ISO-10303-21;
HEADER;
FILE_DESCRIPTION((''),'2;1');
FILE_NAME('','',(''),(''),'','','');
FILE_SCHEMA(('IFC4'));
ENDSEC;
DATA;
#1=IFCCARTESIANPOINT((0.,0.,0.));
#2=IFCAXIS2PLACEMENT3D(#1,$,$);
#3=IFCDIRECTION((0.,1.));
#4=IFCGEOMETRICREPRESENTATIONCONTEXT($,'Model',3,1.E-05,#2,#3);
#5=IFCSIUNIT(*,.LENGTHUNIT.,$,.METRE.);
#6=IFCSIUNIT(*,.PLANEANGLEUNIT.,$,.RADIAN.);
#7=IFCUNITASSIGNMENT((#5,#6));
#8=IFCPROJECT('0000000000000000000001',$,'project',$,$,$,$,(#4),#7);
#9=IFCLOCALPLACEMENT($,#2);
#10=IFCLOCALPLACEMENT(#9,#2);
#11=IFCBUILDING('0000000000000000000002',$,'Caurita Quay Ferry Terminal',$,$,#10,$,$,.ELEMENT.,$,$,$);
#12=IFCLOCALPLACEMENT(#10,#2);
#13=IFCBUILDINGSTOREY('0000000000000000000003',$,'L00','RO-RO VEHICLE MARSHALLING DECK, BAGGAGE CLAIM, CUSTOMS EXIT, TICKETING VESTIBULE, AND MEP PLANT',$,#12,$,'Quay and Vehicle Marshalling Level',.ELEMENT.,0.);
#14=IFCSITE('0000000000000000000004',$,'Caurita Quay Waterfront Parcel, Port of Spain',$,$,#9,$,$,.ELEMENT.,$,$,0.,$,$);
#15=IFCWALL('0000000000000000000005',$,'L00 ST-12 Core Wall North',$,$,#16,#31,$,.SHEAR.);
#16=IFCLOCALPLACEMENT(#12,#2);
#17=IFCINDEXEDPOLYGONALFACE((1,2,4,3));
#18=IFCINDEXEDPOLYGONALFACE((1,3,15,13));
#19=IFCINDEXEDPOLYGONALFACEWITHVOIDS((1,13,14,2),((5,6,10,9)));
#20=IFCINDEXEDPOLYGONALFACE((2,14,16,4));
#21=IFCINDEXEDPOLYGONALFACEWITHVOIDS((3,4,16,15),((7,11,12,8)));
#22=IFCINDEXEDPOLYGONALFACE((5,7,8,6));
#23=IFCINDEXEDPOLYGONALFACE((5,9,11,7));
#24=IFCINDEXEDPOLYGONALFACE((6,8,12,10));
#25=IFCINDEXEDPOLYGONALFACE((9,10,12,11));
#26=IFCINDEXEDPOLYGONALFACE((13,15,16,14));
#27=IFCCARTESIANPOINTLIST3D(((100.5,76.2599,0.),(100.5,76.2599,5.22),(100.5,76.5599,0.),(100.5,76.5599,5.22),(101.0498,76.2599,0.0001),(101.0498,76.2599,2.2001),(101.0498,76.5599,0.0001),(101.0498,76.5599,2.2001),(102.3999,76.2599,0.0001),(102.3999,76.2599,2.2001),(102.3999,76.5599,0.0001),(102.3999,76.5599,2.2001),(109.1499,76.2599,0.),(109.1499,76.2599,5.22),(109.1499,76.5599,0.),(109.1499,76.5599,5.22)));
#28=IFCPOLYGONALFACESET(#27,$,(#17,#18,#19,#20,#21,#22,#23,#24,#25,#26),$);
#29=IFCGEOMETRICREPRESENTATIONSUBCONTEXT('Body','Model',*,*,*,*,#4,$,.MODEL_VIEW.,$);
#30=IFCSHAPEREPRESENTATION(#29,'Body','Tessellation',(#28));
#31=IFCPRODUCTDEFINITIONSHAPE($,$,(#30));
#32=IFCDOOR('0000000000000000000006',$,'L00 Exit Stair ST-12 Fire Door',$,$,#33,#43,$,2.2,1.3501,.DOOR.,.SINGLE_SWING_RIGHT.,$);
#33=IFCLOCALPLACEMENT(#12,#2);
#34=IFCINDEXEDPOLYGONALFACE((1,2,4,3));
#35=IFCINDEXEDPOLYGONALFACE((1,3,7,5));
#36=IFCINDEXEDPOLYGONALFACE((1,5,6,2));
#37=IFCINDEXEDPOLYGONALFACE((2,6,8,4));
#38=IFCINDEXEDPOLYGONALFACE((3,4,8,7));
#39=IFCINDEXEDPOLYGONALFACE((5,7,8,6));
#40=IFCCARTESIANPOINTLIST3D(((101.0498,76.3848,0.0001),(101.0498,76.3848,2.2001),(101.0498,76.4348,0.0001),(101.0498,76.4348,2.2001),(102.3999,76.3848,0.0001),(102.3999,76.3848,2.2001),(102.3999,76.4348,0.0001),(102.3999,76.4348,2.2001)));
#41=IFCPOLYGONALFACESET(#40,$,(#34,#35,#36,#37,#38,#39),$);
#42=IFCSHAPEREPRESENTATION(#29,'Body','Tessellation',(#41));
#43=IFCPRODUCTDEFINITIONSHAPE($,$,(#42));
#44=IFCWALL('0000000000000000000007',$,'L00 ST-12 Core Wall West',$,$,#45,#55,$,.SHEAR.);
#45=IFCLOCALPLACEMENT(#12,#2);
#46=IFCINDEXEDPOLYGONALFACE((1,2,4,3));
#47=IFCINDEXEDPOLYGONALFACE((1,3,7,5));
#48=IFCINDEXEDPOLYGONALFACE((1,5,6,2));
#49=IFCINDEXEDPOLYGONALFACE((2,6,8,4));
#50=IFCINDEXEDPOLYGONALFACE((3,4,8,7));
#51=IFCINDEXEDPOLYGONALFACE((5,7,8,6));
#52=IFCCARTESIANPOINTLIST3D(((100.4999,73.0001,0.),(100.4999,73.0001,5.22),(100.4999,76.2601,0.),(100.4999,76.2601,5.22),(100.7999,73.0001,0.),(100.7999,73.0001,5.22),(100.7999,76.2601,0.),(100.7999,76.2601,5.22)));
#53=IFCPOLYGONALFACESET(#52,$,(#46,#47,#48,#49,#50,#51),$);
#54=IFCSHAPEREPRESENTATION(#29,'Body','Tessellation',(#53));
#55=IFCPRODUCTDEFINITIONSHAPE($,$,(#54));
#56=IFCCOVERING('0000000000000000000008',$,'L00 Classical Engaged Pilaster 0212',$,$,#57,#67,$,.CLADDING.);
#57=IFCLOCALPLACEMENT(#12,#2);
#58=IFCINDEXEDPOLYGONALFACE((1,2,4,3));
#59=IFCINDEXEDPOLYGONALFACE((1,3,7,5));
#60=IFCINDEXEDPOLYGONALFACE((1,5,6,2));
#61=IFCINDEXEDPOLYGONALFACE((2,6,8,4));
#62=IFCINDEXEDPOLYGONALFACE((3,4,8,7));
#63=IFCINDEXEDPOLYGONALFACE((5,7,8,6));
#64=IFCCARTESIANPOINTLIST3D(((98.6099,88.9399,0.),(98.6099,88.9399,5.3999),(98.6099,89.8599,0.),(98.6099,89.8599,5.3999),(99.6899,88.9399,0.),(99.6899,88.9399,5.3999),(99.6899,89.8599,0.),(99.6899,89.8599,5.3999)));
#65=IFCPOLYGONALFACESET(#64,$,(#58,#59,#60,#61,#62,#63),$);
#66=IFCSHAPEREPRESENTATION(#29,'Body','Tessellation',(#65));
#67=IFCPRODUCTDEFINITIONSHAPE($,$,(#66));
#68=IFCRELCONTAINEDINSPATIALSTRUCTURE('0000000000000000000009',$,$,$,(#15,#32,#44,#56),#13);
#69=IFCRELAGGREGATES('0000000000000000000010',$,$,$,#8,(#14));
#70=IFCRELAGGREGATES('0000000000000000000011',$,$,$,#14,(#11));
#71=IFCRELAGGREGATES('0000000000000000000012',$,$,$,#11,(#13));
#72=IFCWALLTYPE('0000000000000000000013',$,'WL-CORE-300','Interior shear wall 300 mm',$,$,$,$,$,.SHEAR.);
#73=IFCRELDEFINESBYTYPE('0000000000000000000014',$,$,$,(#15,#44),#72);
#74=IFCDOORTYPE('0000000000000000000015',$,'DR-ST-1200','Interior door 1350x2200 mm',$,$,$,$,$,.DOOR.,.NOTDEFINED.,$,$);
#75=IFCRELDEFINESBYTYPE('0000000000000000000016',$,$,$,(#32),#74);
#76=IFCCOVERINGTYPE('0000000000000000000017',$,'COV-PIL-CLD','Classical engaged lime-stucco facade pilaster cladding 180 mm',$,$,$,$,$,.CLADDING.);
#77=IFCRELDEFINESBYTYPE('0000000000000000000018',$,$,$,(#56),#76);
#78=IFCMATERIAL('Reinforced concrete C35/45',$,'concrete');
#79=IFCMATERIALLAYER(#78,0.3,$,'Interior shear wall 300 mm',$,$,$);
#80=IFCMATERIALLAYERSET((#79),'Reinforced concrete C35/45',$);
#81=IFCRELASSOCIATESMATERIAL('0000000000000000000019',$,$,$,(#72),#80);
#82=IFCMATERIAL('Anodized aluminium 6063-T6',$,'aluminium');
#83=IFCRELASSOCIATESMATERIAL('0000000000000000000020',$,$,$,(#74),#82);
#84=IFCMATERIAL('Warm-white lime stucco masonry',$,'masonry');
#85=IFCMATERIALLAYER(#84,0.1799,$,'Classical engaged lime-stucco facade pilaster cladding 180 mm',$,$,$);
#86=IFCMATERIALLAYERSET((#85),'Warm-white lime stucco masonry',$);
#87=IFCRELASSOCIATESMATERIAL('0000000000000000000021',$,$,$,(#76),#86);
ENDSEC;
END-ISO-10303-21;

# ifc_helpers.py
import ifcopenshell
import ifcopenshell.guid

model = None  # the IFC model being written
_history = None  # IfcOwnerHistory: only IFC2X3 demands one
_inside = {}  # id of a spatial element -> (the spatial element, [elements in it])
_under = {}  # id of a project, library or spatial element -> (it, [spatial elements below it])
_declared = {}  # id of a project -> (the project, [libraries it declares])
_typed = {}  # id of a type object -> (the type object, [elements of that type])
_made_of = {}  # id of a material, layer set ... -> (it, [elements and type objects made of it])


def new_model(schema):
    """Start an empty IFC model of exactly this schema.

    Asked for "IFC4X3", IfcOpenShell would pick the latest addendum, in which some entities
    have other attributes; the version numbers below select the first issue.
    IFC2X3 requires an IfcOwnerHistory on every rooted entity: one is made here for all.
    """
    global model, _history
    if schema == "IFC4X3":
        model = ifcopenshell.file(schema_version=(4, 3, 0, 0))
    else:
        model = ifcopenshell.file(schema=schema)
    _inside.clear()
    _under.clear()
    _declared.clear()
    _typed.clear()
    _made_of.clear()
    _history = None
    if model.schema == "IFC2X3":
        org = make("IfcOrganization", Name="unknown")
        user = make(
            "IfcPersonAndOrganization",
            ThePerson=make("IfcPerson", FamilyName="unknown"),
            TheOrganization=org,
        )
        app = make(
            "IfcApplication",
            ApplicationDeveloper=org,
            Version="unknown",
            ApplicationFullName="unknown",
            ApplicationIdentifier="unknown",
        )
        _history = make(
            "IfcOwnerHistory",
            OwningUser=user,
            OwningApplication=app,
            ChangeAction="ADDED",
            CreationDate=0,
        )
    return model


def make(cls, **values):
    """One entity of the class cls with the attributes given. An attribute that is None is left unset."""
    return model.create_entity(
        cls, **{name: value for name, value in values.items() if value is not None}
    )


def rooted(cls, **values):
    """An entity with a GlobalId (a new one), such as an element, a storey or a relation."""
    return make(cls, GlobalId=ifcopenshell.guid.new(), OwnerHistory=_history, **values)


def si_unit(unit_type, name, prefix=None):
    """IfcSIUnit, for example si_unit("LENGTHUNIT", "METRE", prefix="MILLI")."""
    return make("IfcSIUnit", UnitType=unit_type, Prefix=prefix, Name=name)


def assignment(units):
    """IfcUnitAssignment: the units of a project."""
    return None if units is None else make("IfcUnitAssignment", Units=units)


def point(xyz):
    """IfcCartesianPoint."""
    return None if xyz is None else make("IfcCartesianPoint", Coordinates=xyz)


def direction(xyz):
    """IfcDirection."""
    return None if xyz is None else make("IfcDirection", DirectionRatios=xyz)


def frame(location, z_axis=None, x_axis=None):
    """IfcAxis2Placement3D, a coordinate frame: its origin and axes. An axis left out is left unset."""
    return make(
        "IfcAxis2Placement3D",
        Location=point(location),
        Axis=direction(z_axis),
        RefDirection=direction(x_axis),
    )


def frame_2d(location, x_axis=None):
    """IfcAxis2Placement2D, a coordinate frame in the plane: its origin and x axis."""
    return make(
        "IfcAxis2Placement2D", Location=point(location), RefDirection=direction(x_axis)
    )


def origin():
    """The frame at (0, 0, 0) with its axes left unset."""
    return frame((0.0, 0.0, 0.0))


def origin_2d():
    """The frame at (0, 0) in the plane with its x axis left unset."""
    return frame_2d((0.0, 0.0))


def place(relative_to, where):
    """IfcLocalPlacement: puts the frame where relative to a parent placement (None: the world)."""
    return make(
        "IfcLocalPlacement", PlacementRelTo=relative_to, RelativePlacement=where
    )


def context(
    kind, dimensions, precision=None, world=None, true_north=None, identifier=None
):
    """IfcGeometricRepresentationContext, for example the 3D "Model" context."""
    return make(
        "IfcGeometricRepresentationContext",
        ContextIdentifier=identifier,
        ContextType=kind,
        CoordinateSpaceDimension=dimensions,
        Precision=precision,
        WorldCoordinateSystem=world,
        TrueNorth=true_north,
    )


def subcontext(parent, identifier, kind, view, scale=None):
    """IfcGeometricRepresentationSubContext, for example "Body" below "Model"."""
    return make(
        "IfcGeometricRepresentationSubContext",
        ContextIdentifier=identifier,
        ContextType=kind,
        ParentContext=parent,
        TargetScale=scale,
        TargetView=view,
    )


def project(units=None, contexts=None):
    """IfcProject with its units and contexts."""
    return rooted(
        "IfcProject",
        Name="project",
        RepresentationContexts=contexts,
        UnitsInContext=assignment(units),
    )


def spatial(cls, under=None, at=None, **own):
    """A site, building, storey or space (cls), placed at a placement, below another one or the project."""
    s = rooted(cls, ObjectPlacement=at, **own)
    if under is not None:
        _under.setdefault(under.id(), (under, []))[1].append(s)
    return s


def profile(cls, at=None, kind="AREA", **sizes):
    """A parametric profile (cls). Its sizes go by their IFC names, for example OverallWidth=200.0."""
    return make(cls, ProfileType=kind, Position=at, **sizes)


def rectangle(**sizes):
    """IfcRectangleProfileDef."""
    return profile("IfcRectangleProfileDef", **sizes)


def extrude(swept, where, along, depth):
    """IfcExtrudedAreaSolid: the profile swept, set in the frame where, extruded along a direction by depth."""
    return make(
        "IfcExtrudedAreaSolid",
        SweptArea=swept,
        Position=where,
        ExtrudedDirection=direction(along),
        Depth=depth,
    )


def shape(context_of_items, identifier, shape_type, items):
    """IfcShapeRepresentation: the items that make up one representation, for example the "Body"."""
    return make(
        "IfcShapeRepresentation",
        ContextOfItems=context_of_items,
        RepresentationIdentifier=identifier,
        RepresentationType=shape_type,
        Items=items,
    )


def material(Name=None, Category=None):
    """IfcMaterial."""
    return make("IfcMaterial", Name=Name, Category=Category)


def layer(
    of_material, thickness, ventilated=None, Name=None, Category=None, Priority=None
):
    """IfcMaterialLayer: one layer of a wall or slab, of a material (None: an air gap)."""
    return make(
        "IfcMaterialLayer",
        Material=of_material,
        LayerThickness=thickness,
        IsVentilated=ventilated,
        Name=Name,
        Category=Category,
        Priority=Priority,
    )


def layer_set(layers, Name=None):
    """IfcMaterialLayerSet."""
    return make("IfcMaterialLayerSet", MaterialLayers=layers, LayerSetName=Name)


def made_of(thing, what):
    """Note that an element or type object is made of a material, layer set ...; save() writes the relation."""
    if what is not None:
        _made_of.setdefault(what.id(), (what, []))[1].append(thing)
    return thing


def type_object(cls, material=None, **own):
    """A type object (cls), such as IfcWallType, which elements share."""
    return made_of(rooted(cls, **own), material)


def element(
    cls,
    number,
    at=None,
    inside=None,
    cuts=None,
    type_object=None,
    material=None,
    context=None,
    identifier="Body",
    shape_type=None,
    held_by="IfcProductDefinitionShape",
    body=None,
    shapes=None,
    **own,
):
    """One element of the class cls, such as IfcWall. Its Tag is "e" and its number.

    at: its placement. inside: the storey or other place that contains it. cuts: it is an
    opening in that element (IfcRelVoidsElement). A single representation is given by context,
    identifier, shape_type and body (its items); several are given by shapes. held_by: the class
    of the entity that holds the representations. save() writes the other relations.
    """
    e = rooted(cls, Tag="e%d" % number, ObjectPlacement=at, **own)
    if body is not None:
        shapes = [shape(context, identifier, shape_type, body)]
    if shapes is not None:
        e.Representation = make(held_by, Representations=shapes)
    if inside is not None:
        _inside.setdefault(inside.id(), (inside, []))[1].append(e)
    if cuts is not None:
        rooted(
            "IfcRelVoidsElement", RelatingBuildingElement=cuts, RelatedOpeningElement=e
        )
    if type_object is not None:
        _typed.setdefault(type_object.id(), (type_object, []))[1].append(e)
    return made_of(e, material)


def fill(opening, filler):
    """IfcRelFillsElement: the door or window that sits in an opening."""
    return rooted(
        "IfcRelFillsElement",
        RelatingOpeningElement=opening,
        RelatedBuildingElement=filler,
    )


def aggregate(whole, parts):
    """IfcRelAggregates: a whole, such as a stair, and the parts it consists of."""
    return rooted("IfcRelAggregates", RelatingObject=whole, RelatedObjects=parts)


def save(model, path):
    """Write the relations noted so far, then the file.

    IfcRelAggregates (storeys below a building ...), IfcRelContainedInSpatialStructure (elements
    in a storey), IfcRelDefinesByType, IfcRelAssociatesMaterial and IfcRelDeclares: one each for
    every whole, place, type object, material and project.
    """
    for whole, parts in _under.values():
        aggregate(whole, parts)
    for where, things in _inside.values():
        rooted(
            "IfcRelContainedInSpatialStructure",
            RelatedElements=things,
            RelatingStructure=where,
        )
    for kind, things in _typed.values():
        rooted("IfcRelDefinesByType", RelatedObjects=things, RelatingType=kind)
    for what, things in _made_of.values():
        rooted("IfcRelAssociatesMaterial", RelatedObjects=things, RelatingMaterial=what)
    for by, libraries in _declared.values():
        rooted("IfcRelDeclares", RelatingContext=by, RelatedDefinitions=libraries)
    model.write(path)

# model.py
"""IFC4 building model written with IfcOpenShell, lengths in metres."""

from ifc_helpers import new_model, si_unit, direction, frame, frame_2d, origin, origin_2d, place, context, subcontext, project, spatial, rectangle, extrude, material, layer, layer_set, type_object, element, fill, save


model = new_model("IFC4")

# Units and contexts
model_context = context("Model", 3, precision=1e-05, world=origin(), true_north=direction((0.0, 1.0)))
body_context = subcontext(model_context, "Body", "Model", "MODEL_VIEW")
ifc_project = project(units=[si_unit("LENGTHUNIT", "METRE"), si_unit("PLANEANGLEUNIT", "RADIAN")], contexts=[model_context])

# Site, building, storey
site_placement = place(None, origin())
site = spatial("IfcSite", under=ifc_project, at=site_placement, Name="Caurita Quay Waterfront Parcel, Port of Spain", CompositionType="ELEMENT", RefElevation=0.0)
building_placement = place(site_placement, origin())
building = spatial("IfcBuilding", under=site, at=building_placement, Name="Caurita Quay Ferry Terminal", CompositionType="ELEMENT")
storey_placement = place(building_placement, origin())
storey = spatial("IfcBuildingStorey", under=building, at=storey_placement, Name="L00", Description="RO-RO VEHICLE MARSHALLING DECK, BAGGAGE CLAIM, CUSTOMS EXIT, TICKETING VESTIBULE, AND MEP PLANT", LongName="Quay and Vehicle Marshalling Level", CompositionType="ELEMENT", Elevation=0.0)

# Shared definitions
ifc_material_1 = material(Name="Warm-white lime stucco masonry", Category="masonry")
ifc_material_2 = material(Name="Anodized aluminium 6063-T6", Category="aluminium")

# Wall, opening, door
ifc_material_3 = material(Name="Reinforced concrete C35/45", Category="concrete")
ifc_layer_1 = layer(ifc_material_3, 0.3, Name="Interior shear wall 300 mm")
ifc_layer_set_1 = layer_set([ifc_layer_1], Name="Reinforced concrete C35/45")
wall_type_1 = type_object("IfcWallType", Name="WL-CORE-300", Description="Interior shear wall 300 mm", PredefinedType="SHEAR", material=ifc_layer_set_1)
wall_1_placement = place(storey_placement, frame((109.1499, 76.4099, 0.0), z_axis=(0.0, 0.0, 1.0), x_axis=(-1.0, 0.0, 0.0)))
wall_1 = element("IfcWall", 1, at=wall_1_placement, inside=storey, type_object=wall_type_1, Name="L00 ST-12 Core Wall North", PredefinedType="SHEAR", context=body_context, shape_type="SweptSolid", body=[
    extrude(rectangle(XDim=8.6499, YDim=0.3, at=frame_2d((4.325, 0.0))), origin(), (0.0, 0.0, 1.0), 5.22),
])
opening_1_placement = place(wall_1_placement, frame((6.75, 0.0, 0.0)))
opening_1 = element("IfcOpeningElement", 2, at=opening_1_placement, cuts=wall_1, PredefinedType="OPENING", context=body_context, shape_type="SweptSolid", body=[
    extrude(rectangle(XDim=1.3501, YDim=2.2, at=frame_2d((0.675, 1.1001))), frame((0.0, 0.1599, 0.0), z_axis=(0.0, -1.0, 0.0), x_axis=(1.0, 0.0, 0.0)), (0.0, 0.0, 1.0), 0.3201),
])
door_type_1 = type_object("IfcDoorType", Name="DR-ST-1200", Description="Interior door 1350x2200 mm", OperationType="NOTDEFINED", PredefinedType="DOOR", material=ifc_material_2)
door_1_placement = place(opening_1_placement, frame((1.3501, 0.0, 0.0), z_axis=(0.0, 0.0, 1.0), x_axis=(-1.0, 0.0, 0.0)))
door_1 = element("IfcDoor", 3, at=door_1_placement, inside=storey, type_object=door_type_1, Name="L00 Exit Stair ST-12 Fire Door", OperationType="SINGLE_SWING_RIGHT", OverallHeight=2.2, OverallWidth=1.3501, PredefinedType="DOOR", context=body_context, shape_type="SweptSolid", body=[
    extrude(rectangle(XDim=1.3501, YDim=2.2, at=frame_2d((0.675, 1.1001))), frame((0.0, 0.0249, 0.0), z_axis=(0.0, -1.0, 0.0), x_axis=(1.0, 0.0, 0.0)), (0.0, 0.0, 1.0), 0.05),
])
fill(opening_1, door_1)

# Wall
wall_2_placement = place(storey_placement, frame((100.6499, 76.26, 0.0), z_axis=(0.0, 0.0, 1.0), x_axis=(0.0, -1.0, 0.0)))
element("IfcWall", 4, at=wall_2_placement, inside=storey, type_object=wall_type_1, Name="L00 ST-12 Core Wall West", PredefinedType="SHEAR", context=body_context, shape_type="SweptSolid", body=[
    extrude(rectangle(XDim=3.26, YDim=0.3, at=frame_2d((1.6299, 0.0))), origin(), (0.0, 0.0, 1.0), 5.22),
])

# Covering
ifc_layer_2 = layer(ifc_material_1, 0.1799, Name="Classical engaged lime-stucco facade pilaster cladding 180 mm")
ifc_layer_set_2 = layer_set([ifc_layer_2], Name="Warm-white lime stucco masonry")
covering_type = type_object("IfcCoveringType", Name="COV-PIL-CLD", Description="Classical engaged lime-stucco facade pilaster cladding 180 mm", PredefinedType="CLADDING", material=ifc_layer_set_2)
covering_placement = place(storey_placement, frame((99.1499, 89.3999, 0.0), z_axis=(0.0, 0.0, 1.0), x_axis=(1.0, 0.0, 0.0)))
element("IfcCovering", 5, at=covering_placement, inside=storey, type_object=covering_type, Name="L00 Classical Engaged Pilaster 0212", PredefinedType="CLADDING", context=body_context, shape_type="SweptSolid", body=[
    extrude(rectangle(XDim=1.0801, YDim=0.9199, at=origin_2d()), origin(), (0.0, 0.0, 1.0), 5.3999),
])

save(model, "model.ifc")
